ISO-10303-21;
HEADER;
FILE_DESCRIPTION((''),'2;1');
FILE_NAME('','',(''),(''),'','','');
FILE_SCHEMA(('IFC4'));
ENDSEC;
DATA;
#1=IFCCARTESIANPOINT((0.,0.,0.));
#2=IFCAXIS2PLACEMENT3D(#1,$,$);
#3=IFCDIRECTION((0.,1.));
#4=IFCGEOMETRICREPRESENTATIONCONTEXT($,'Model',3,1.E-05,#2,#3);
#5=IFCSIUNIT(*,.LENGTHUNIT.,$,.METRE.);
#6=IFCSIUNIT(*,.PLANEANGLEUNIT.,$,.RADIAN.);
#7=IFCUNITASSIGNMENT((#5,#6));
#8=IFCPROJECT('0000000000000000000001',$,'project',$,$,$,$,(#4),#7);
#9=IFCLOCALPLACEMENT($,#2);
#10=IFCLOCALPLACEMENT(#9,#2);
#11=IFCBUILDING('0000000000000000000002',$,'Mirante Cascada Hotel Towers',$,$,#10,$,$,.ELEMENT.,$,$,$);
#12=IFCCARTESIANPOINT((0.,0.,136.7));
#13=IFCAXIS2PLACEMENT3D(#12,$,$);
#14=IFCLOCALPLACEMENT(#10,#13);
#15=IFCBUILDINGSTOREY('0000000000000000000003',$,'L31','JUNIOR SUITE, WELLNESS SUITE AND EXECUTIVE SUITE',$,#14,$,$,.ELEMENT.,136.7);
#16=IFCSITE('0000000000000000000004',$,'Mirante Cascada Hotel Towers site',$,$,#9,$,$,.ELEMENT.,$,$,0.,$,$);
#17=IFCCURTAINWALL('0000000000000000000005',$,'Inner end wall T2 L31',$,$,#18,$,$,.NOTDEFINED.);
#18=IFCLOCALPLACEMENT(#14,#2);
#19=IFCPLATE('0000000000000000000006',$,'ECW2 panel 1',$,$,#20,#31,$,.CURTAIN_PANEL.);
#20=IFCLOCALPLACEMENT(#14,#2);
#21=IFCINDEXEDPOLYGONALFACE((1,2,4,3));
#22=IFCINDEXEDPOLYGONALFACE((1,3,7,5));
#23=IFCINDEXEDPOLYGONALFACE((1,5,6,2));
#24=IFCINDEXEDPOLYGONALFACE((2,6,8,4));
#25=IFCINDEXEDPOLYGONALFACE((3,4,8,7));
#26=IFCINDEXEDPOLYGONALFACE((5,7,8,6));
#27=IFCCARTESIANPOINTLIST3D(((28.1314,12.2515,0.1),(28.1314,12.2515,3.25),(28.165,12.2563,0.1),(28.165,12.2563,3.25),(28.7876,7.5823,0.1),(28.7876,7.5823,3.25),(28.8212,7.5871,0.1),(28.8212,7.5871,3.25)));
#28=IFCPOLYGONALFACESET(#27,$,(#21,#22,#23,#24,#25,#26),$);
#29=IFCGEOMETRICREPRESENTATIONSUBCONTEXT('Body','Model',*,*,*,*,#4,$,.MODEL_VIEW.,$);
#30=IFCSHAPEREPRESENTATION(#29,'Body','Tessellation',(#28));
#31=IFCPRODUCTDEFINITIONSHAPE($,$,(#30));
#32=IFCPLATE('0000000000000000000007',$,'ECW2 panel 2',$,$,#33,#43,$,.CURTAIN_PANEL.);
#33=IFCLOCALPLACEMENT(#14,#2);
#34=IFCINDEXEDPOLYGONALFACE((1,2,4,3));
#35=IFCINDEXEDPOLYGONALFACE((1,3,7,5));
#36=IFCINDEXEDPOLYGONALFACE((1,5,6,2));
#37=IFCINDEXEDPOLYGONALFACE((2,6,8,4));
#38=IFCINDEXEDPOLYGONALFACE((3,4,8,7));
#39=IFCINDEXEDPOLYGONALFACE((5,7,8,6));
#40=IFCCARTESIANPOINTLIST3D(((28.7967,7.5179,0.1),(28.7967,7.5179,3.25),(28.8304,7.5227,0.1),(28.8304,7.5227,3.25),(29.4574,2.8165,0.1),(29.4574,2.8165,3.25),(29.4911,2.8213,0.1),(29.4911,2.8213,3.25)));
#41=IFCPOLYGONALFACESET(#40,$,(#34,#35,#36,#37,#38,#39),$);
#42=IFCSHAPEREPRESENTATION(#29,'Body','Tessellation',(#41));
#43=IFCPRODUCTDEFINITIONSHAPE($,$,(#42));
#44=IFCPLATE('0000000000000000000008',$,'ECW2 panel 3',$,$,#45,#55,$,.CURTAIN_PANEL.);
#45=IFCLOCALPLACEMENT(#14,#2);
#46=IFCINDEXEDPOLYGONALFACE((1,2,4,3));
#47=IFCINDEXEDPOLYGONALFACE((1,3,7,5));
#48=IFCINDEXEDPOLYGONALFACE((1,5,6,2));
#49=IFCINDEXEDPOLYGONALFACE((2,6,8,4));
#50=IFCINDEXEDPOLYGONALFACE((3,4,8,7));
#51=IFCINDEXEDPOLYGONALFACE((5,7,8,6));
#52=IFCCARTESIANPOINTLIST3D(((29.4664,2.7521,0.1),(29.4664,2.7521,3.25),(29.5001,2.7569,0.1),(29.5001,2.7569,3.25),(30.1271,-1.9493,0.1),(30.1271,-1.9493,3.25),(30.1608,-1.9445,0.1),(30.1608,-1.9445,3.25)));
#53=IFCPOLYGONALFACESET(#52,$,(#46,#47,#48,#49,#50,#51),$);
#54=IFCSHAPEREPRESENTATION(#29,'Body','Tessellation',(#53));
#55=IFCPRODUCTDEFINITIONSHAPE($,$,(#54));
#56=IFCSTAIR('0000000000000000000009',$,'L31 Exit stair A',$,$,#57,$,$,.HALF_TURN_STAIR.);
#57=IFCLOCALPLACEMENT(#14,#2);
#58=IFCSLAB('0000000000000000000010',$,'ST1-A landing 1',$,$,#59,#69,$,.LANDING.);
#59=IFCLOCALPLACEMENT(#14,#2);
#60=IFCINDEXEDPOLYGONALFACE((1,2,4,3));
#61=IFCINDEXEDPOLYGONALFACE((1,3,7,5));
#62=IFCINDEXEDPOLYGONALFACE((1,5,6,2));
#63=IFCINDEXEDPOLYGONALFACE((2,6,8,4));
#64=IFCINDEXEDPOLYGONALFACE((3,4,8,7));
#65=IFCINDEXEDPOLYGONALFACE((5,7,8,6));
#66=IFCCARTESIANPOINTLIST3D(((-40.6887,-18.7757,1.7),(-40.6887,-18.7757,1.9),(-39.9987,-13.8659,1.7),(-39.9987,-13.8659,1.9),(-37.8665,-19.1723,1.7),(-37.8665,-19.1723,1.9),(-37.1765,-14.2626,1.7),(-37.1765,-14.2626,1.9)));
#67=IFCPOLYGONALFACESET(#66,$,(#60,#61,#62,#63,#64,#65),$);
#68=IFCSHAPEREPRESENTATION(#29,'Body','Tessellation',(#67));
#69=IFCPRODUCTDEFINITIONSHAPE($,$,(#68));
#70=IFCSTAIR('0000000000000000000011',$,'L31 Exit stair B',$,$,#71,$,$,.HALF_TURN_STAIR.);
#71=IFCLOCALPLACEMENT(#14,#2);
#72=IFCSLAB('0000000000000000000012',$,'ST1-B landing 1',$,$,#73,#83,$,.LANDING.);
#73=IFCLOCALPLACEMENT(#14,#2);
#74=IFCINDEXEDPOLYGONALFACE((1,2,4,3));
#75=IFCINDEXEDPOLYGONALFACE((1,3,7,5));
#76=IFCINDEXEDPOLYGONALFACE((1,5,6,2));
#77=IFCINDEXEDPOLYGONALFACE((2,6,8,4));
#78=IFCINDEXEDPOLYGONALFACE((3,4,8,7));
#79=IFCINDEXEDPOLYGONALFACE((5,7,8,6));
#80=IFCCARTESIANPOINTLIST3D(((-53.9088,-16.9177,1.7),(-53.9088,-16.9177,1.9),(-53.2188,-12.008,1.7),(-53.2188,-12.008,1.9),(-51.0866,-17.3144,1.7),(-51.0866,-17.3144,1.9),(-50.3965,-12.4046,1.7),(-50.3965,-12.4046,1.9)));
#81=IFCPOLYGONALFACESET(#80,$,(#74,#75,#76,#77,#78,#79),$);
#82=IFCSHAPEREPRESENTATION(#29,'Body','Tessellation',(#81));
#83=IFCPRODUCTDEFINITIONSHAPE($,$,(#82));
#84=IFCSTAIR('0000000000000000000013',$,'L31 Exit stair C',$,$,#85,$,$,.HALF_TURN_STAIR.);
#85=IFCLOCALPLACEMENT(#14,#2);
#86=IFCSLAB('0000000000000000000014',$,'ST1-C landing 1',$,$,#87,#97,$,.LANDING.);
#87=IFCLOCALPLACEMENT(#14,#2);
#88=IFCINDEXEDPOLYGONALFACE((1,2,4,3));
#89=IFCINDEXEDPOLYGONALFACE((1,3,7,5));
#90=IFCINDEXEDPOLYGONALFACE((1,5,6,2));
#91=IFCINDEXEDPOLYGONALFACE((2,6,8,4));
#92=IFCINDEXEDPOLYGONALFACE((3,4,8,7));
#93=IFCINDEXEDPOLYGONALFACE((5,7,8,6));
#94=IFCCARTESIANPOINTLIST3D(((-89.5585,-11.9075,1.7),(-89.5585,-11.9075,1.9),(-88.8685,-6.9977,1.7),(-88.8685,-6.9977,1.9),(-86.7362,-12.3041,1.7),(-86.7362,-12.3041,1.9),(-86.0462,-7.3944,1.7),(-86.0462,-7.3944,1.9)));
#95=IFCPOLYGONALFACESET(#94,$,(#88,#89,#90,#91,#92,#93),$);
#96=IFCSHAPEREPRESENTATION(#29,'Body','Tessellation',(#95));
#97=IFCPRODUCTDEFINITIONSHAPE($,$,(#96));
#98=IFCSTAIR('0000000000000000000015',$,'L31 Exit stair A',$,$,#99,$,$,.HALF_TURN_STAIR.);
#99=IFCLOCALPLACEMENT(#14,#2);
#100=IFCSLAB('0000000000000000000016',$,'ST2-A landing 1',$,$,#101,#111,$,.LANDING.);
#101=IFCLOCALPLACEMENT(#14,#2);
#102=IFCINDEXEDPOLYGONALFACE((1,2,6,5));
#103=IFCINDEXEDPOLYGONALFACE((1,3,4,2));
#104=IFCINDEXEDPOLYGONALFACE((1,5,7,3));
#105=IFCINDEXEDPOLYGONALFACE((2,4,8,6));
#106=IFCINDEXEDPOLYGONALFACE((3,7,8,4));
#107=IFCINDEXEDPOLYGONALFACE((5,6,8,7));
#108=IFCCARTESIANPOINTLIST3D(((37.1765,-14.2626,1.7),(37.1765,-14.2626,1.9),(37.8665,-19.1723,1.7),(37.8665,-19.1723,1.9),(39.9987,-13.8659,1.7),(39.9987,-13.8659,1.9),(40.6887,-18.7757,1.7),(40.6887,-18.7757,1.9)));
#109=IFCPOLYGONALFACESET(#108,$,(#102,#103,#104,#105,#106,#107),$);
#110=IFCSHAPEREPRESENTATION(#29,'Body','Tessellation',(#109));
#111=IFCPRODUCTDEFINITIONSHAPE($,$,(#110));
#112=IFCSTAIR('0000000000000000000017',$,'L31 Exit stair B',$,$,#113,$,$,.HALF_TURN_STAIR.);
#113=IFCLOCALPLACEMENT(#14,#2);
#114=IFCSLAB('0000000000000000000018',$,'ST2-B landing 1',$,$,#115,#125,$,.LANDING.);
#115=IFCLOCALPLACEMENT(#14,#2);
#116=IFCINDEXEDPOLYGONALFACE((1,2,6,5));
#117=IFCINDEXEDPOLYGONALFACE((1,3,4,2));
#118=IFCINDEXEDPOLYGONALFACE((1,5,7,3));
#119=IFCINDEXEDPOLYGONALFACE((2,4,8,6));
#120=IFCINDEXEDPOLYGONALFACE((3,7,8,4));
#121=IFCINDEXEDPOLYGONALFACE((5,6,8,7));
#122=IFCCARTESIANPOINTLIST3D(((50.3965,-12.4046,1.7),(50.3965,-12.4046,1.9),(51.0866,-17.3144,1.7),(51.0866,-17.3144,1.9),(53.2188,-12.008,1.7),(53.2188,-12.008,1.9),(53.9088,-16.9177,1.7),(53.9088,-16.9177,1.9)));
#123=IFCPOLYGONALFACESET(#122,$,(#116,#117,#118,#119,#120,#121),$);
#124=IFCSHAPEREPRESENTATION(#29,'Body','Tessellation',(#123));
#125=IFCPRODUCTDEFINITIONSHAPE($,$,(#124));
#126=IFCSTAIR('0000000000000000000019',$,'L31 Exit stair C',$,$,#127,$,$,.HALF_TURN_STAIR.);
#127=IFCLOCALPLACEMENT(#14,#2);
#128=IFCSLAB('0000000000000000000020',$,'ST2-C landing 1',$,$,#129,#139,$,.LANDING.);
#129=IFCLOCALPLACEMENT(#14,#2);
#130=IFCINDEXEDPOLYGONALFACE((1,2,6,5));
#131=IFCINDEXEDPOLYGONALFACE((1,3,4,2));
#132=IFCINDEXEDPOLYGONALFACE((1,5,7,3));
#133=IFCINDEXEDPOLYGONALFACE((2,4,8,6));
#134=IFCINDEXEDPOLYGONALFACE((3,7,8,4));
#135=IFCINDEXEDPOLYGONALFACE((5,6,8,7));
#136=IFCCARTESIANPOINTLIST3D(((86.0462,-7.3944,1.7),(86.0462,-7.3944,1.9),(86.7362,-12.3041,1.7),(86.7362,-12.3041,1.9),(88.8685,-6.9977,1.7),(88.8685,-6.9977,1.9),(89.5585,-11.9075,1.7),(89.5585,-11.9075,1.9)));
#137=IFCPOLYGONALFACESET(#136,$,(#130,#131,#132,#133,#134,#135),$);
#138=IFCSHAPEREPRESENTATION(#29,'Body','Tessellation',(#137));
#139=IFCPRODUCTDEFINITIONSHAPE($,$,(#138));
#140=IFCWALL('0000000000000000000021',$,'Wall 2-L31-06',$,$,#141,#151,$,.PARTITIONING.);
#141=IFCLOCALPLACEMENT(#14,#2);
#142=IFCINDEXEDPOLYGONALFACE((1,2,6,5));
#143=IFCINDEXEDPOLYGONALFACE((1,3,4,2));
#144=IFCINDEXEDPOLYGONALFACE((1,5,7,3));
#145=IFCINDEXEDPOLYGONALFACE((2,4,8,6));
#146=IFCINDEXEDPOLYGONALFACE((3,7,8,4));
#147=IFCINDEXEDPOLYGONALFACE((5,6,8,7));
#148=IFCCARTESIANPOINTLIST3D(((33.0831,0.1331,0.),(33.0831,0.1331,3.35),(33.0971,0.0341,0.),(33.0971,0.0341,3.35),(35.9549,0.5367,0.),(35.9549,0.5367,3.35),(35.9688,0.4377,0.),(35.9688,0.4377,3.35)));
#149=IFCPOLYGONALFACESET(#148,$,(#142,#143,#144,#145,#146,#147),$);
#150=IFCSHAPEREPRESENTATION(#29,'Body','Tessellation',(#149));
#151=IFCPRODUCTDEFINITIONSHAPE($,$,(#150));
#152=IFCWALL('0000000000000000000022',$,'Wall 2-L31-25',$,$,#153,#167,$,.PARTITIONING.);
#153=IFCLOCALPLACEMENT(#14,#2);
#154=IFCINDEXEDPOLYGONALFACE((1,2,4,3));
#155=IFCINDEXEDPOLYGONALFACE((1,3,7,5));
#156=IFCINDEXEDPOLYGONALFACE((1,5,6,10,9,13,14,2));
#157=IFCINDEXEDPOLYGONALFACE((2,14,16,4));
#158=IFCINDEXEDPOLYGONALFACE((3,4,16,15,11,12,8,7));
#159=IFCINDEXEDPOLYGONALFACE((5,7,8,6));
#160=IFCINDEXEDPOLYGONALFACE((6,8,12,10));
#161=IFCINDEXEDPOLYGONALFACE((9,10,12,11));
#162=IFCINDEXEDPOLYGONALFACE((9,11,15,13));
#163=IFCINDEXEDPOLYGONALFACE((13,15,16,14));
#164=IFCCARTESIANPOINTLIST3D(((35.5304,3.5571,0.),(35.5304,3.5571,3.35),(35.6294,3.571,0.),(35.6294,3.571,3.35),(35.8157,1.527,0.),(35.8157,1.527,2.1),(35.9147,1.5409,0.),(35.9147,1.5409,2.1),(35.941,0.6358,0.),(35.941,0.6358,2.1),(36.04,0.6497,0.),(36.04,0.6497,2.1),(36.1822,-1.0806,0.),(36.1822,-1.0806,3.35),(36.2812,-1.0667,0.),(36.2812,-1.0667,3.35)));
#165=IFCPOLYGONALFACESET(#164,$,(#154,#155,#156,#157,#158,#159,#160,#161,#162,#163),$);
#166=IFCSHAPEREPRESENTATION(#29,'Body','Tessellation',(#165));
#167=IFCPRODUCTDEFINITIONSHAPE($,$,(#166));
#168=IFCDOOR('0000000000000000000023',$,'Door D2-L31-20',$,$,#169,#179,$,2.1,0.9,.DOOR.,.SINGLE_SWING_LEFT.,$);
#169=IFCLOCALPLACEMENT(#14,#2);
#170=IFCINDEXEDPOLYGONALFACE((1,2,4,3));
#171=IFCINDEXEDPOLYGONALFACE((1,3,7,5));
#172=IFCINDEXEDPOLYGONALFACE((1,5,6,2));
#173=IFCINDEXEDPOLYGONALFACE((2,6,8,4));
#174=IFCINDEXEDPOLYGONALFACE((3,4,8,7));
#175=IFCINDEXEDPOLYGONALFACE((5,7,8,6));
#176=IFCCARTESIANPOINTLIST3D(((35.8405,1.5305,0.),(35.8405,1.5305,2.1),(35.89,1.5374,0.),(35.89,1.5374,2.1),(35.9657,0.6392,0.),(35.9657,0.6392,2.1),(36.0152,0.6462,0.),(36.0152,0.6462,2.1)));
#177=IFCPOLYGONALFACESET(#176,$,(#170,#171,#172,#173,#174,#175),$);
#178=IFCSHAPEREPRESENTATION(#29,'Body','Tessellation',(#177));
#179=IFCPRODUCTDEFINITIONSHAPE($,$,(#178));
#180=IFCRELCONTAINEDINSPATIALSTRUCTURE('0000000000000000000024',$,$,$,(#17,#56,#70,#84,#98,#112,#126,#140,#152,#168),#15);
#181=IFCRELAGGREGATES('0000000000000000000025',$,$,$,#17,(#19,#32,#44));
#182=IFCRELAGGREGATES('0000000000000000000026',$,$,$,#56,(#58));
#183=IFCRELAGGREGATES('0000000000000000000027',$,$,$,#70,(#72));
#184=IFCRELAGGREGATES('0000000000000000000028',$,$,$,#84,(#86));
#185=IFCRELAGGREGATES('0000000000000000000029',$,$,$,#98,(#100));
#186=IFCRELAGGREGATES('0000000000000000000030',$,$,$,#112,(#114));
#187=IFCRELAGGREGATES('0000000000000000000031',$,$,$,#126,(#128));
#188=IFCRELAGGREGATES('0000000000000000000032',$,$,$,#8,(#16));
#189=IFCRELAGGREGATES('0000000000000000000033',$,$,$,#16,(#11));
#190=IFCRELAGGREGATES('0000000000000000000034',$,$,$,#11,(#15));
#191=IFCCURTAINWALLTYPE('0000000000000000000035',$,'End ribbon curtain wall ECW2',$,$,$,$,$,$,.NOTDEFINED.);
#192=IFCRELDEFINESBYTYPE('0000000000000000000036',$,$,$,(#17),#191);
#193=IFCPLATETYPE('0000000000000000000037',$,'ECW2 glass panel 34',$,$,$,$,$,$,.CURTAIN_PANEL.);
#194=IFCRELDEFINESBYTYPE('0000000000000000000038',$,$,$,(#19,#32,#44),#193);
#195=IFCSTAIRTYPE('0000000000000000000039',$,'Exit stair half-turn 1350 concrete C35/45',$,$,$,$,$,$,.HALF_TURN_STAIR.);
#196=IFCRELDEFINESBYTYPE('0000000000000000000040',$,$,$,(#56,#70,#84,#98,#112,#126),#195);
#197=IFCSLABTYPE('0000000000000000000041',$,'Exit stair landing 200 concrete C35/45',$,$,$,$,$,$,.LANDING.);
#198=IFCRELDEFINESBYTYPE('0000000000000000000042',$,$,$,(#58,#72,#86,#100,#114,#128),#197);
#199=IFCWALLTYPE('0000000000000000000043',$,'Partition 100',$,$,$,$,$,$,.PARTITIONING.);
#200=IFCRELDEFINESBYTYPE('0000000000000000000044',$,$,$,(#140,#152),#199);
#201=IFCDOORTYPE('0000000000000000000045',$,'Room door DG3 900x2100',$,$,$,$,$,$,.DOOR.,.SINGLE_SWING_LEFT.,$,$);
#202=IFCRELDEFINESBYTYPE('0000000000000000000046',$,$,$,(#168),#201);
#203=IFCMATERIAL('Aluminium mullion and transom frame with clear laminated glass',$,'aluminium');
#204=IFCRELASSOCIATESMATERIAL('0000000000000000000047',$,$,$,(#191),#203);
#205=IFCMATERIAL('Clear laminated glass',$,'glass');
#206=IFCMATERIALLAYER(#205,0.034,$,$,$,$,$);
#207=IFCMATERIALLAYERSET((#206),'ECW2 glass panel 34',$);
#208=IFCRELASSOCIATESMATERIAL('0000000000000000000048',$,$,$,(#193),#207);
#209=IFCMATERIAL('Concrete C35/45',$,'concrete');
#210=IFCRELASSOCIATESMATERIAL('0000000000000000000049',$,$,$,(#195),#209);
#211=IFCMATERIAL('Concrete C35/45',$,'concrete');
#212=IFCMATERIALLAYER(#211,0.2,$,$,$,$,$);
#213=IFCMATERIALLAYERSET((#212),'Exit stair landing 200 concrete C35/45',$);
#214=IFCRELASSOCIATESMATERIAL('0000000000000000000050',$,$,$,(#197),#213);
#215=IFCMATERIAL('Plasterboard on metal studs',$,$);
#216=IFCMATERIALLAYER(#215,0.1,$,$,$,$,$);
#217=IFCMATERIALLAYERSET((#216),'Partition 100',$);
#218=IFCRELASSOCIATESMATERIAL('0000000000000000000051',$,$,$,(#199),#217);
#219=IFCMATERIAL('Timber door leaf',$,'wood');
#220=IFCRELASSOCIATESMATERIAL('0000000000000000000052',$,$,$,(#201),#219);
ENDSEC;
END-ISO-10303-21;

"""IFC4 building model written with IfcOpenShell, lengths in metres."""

from ifc_helpers import new_model, si_unit, direction, frame, frame_2d, origin, origin_2d, place, context, subcontext, project, spatial, polyline, rectangle, outline, extrude, material, layer, layer_set, type_object, element, fill, aggregate, save


model = new_model("IFC4")

# Units and contexts
model_context = context("Model", 3, precision=1e-05, world=origin(), true_north=direction((0.0, 1.0)))
body_context = subcontext(model_context, "Body", "Model", "MODEL_VIEW")
ifc_project = project(units=[si_unit("LENGTHUNIT", "METRE"), si_unit("PLANEANGLEUNIT", "RADIAN")], contexts=[model_context])

# Site, building, storey
site_placement = place(None, origin())
site = spatial("IfcSite", under=ifc_project, at=site_placement, Name="Mirante Cascada Hotel Towers site", CompositionType="ELEMENT", RefElevation=0.0)
building_placement = place(site_placement, origin())
building = spatial("IfcBuilding", under=site, at=building_placement, Name="Mirante Cascada Hotel Towers", CompositionType="ELEMENT")
storey_placement = place(building_placement, frame((0.0, 0.0, 136.7)))
storey = spatial("IfcBuildingStorey", under=building, at=storey_placement, Name="L31", Description="JUNIOR SUITE, WELLNESS SUITE AND EXECUTIVE SUITE", CompositionType="ELEMENT", Elevation=136.7)

# Curtain wall
ifc_material_1 = material(Name="Aluminium mullion and transom frame with clear laminated glass", Category="aluminium")
curtain_wall_type_1 = type_object("IfcCurtainWallType", Name="End ribbon curtain wall ECW2", PredefinedType="NOTDEFINED", material=ifc_material_1)
curtain_wall_1_placement = place(storey_placement, origin())
curtain_wall_1 = element("IfcCurtainWall", 1, at=curtain_wall_1_placement, inside=storey, type_object=curtain_wall_type_1, Name="Inner end wall T2 L31", PredefinedType="NOTDEFINED")

# Plates
ifc_material_2 = material(Name="Clear laminated glass", Category="glass")
ifc_layer_1 = layer(ifc_material_2, 0.034)
ifc_layer_set_1 = layer_set([ifc_layer_1], Name="ECW2 glass panel 34")
plate_type_1 = type_object("IfcPlateType", Name="ECW2 glass panel 34", PredefinedType="CURTAIN_PANEL", material=ifc_layer_set_1)
plate_1_placement = place(storey_placement, frame((28.4763, 9.9193, 0.1), z_axis=(0.0, 0.0, 1.0), x_axis=(0.139173, -0.990268, 0.0)))
plate_1 = element("IfcPlate", 2, at=plate_1_placement, type_object=plate_type_1, Name="ECW2 panel 1", PredefinedType="CURTAIN_PANEL", context=body_context, shape_type="SweptSolid", body=[
    extrude(rectangle(XDim=4.7151, YDim=0.034, at=origin_2d()), origin(), (0.0, 0.0, 1.0), 3.15),
])
plate_2_placement = place(storey_placement, frame((29.1439, 5.1696, 0.1), z_axis=(0.0, 0.0, 1.0), x_axis=(0.139173, -0.990268, 0.0)))
plate_2 = element("IfcPlate", 3, at=plate_2_placement, type_object=plate_type_1, Name="ECW2 panel 2", PredefinedType="CURTAIN_PANEL", context=body_context, shape_type="SweptSolid", body=[
    extrude(rectangle(XDim=4.7476, YDim=0.034, at=origin_2d()), origin(), (0.0, 0.0, 1.0), 3.15),
])
plate_3_placement = place(storey_placement, frame((29.8136, 0.4038, 0.1), z_axis=(0.0, 0.0, 1.0), x_axis=(0.139173, -0.990268, 0.0)))
plate_3 = element("IfcPlate", 4, at=plate_3_placement, type_object=plate_type_1, Name="ECW2 panel 3", PredefinedType="CURTAIN_PANEL", context=body_context, shape_type="SweptSolid", body=[
    extrude(rectangle(XDim=4.7476, YDim=0.034, at=origin_2d()), origin(), (0.0, 0.0, 1.0), 3.15),
])
aggregate(curtain_wall_1, [plate_1, plate_2, plate_3])

# Stairs, slabs
ifc_material_3 = material(Name="Concrete C35/45", Category="concrete")
stair_type = type_object("IfcStairType", Name="Exit stair half-turn 1350 concrete C35/45", PredefinedType="HALF_TURN_STAIR", material=ifc_material_3)
stair_1_placement = place(storey_placement, origin())
stair_1 = element("IfcStair", 5, at=stair_1_placement, inside=storey, type_object=stair_type, Name="L31 Exit stair A", PredefinedType="HALF_TURN_STAIR")
ifc_material_4 = material(Name="Concrete C35/45", Category="concrete")
ifc_layer_2 = layer(ifc_material_4, 0.2)
ifc_layer_set_2 = layer_set([ifc_layer_2], Name="Exit stair landing 200 concrete C35/45")
slab_type = type_object("IfcSlabType", Name="Exit stair landing 200 concrete C35/45", PredefinedType="LANDING", material=ifc_layer_set_2)
slab_1_placement = place(storey_placement, frame((0.0, 0.0, 1.7)))
slab_1 = element("IfcSlab", 6, at=slab_1_placement, type_object=slab_type, Name="ST1-A landing 1", PredefinedType="LANDING", context=body_context, shape_type="SweptSolid", body=[
    extrude(outline(polyline([(-39.9987, -13.8659), (-40.6887, -18.7757), (-37.8665, -19.1723), (-37.1765, -14.2626), (-39.9987, -13.8659)])), origin(), (0.0, 0.0, 1.0), 0.2),
])
aggregate(stair_1, [slab_1])
stair_2_placement = place(storey_placement, origin())
stair_2 = element("IfcStair", 7, at=stair_2_placement, inside=storey, type_object=stair_type, Name="L31 Exit stair B", PredefinedType="HALF_TURN_STAIR")
slab_2_placement = place(storey_placement, frame((0.0, 0.0, 1.7)))
slab_2 = element("IfcSlab", 8, at=slab_2_placement, type_object=slab_type, Name="ST1-B landing 1", PredefinedType="LANDING", context=body_context, shape_type="SweptSolid", body=[
    extrude(outline(polyline([(-53.2188, -12.008), (-53.9088, -16.9177), (-51.0866, -17.3144), (-50.3965, -12.4046), (-53.2188, -12.008)])), origin(), (0.0, 0.0, 1.0), 0.2),
])
aggregate(stair_2, [slab_2])
stair_3_placement = place(storey_placement, origin())
stair_3 = element("IfcStair", 9, at=stair_3_placement, inside=storey, type_object=stair_type, Name="L31 Exit stair C", PredefinedType="HALF_TURN_STAIR")
slab_3_placement = place(storey_placement, frame((0.0, 0.0, 1.7)))
slab_3 = element("IfcSlab", 10, at=slab_3_placement, type_object=slab_type, Name="ST1-C landing 1", PredefinedType="LANDING", context=body_context, shape_type="SweptSolid", body=[
    extrude(outline(polyline([(-88.8685, -6.9977), (-89.5585, -11.9075), (-86.7362, -12.3041), (-86.0462, -7.3944), (-88.8685, -6.9977)])), origin(), (0.0, 0.0, 1.0), 0.2),
])
aggregate(stair_3, [slab_3])
stair_4_placement = place(storey_placement, origin())
stair_4 = element("IfcStair", 11, at=stair_4_placement, inside=storey, type_object=stair_type, Name="L31 Exit stair A", PredefinedType="HALF_TURN_STAIR")
slab_4_placement = place(storey_placement, frame((0.0, 0.0, 1.7)))
slab_4 = element("IfcSlab", 12, at=slab_4_placement, type_object=slab_type, Name="ST2-A landing 1", PredefinedType="LANDING", context=body_context, shape_type="SweptSolid", body=[
    extrude(outline(polyline([(37.1765, -14.2626), (37.8665, -19.1723), (40.6887, -18.7757), (39.9987, -13.8659), (37.1765, -14.2626)])), origin(), (0.0, 0.0, 1.0), 0.2),
])
aggregate(stair_4, [slab_4])
stair_5_placement = place(storey_placement, origin())
stair_5 = element("IfcStair", 13, at=stair_5_placement, inside=storey, type_object=stair_type, Name="L31 Exit stair B", PredefinedType="HALF_TURN_STAIR")
slab_5_placement = place(storey_placement, frame((0.0, 0.0, 1.7)))
slab_5 = element("IfcSlab", 14, at=slab_5_placement, type_object=slab_type, Name="ST2-B landing 1", PredefinedType="LANDING", context=body_context, shape_type="SweptSolid", body=[
    extrude(outline(polyline([(50.3965, -12.4046), (51.0866, -17.3144), (53.9088, -16.9177), (53.2188, -12.008), (50.3965, -12.4046)])), origin(), (0.0, 0.0, 1.0), 0.2),
])
aggregate(stair_5, [slab_5])
stair_6_placement = place(storey_placement, origin())
stair_6 = element("IfcStair", 15, at=stair_6_placement, inside=storey, type_object=stair_type, Name="L31 Exit stair C", PredefinedType="HALF_TURN_STAIR")
slab_6_placement = place(storey_placement, frame((0.0, 0.0, 1.7)))
slab_6 = element("IfcSlab", 16, at=slab_6_placement, type_object=slab_type, Name="ST2-C landing 1", PredefinedType="LANDING", context=body_context, shape_type="SweptSolid", body=[
    extrude(outline(polyline([(86.0462, -7.3944), (86.7362, -12.3041), (89.5585, -11.9075), (88.8685, -6.9977), (86.0462, -7.3944)])), origin(), (0.0, 0.0, 1.0), 0.2),
])
aggregate(stair_6, [slab_6])

# Wall
ifc_material_5 = material(Name="Plasterboard on metal studs")
ifc_layer_3 = layer(ifc_material_5, 0.1)
ifc_layer_set_3 = layer_set([ifc_layer_3], Name="Partition 100")
wall_type_1 = type_object("IfcWallType", Name="Partition 100", PredefinedType="PARTITIONING", material=ifc_layer_set_3)
wall_1_placement = place(storey_placement, frame((33.0901, 0.0836, 0.0), z_axis=(0.0, 0.0, 1.0), x_axis=(0.990268, 0.139171, 0.0)))
element("IfcWall", 17, at=wall_1_placement, inside=storey, type_object=wall_type_1, Name="Wall 2-L31-06", PredefinedType="PARTITIONING", context=body_context, shape_type="SweptSolid", body=[
    extrude(rectangle(XDim=2.9, YDim=0.1, at=frame_2d((1.45, 0.0))), origin(), (0.0, 0.0, 1.0), 3.35),
])

# Wall, opening, door
wall_2_placement = place(storey_placement, frame((35.5799, 3.564, 0.0), z_axis=(0.0, 0.0, 1.0), x_axis=(0.139176, -0.990268, 0.0)))
wall_2 = element("IfcWall", 18, at=wall_2_placement, inside=storey, type_object=wall_type_1, Name="Wall 2-L31-25", PredefinedType="PARTITIONING", context=body_context, shape_type="SweptSolid", body=[
    extrude(rectangle(XDim=4.6833, YDim=0.1, at=frame_2d((2.3416, 0.0))), origin(), (0.0, 0.0, 1.0), 3.35),
])
opening_1_placement = place(wall_2_placement, frame((2.05, 0.0, 0.0)))
opening_1 = element("IfcOpeningElement", 19, at=opening_1_placement, cuts=wall_2, PredefinedType="OPENING", context=body_context, shape_type="SweptSolid", body=[
    extrude(rectangle(XDim=0.9, YDim=2.1, at=frame_2d((0.45, 1.05))), frame((0.0, 0.05, 0.0), z_axis=(0.0, -1.0, 0.0), x_axis=(1.0, 0.0, 0.0)), (0.0, 0.0, 1.0), 0.1),
])
ifc_material_6 = material(Name="Timber door leaf", Category="wood")
door_type_1 = type_object("IfcDoorType", Name="Room door DG3 900x2100", OperationType="SINGLE_SWING_LEFT", PredefinedType="DOOR", material=ifc_material_6)
door_1_placement = place(opening_1_placement, origin())
door_1 = element("IfcDoor", 20, at=door_1_placement, inside=storey, type_object=door_type_1, Name="Door D2-L31-20", OperationType="SINGLE_SWING_LEFT", OverallHeight=2.1, OverallWidth=0.9, PredefinedType="DOOR", context=body_context, shape_type="SweptSolid", body=[
    extrude(rectangle(XDim=0.9, YDim=2.1, at=frame_2d((0.45, 1.05))), frame((0.0, 0.025, 0.0), z_axis=(0.0, -1.0, 0.0), x_axis=(1.0, 0.0, 0.0)), (0.0, 0.0, 1.0), 0.05),
])
fill(opening_1, door_1)

save(model, "model.ifc")
